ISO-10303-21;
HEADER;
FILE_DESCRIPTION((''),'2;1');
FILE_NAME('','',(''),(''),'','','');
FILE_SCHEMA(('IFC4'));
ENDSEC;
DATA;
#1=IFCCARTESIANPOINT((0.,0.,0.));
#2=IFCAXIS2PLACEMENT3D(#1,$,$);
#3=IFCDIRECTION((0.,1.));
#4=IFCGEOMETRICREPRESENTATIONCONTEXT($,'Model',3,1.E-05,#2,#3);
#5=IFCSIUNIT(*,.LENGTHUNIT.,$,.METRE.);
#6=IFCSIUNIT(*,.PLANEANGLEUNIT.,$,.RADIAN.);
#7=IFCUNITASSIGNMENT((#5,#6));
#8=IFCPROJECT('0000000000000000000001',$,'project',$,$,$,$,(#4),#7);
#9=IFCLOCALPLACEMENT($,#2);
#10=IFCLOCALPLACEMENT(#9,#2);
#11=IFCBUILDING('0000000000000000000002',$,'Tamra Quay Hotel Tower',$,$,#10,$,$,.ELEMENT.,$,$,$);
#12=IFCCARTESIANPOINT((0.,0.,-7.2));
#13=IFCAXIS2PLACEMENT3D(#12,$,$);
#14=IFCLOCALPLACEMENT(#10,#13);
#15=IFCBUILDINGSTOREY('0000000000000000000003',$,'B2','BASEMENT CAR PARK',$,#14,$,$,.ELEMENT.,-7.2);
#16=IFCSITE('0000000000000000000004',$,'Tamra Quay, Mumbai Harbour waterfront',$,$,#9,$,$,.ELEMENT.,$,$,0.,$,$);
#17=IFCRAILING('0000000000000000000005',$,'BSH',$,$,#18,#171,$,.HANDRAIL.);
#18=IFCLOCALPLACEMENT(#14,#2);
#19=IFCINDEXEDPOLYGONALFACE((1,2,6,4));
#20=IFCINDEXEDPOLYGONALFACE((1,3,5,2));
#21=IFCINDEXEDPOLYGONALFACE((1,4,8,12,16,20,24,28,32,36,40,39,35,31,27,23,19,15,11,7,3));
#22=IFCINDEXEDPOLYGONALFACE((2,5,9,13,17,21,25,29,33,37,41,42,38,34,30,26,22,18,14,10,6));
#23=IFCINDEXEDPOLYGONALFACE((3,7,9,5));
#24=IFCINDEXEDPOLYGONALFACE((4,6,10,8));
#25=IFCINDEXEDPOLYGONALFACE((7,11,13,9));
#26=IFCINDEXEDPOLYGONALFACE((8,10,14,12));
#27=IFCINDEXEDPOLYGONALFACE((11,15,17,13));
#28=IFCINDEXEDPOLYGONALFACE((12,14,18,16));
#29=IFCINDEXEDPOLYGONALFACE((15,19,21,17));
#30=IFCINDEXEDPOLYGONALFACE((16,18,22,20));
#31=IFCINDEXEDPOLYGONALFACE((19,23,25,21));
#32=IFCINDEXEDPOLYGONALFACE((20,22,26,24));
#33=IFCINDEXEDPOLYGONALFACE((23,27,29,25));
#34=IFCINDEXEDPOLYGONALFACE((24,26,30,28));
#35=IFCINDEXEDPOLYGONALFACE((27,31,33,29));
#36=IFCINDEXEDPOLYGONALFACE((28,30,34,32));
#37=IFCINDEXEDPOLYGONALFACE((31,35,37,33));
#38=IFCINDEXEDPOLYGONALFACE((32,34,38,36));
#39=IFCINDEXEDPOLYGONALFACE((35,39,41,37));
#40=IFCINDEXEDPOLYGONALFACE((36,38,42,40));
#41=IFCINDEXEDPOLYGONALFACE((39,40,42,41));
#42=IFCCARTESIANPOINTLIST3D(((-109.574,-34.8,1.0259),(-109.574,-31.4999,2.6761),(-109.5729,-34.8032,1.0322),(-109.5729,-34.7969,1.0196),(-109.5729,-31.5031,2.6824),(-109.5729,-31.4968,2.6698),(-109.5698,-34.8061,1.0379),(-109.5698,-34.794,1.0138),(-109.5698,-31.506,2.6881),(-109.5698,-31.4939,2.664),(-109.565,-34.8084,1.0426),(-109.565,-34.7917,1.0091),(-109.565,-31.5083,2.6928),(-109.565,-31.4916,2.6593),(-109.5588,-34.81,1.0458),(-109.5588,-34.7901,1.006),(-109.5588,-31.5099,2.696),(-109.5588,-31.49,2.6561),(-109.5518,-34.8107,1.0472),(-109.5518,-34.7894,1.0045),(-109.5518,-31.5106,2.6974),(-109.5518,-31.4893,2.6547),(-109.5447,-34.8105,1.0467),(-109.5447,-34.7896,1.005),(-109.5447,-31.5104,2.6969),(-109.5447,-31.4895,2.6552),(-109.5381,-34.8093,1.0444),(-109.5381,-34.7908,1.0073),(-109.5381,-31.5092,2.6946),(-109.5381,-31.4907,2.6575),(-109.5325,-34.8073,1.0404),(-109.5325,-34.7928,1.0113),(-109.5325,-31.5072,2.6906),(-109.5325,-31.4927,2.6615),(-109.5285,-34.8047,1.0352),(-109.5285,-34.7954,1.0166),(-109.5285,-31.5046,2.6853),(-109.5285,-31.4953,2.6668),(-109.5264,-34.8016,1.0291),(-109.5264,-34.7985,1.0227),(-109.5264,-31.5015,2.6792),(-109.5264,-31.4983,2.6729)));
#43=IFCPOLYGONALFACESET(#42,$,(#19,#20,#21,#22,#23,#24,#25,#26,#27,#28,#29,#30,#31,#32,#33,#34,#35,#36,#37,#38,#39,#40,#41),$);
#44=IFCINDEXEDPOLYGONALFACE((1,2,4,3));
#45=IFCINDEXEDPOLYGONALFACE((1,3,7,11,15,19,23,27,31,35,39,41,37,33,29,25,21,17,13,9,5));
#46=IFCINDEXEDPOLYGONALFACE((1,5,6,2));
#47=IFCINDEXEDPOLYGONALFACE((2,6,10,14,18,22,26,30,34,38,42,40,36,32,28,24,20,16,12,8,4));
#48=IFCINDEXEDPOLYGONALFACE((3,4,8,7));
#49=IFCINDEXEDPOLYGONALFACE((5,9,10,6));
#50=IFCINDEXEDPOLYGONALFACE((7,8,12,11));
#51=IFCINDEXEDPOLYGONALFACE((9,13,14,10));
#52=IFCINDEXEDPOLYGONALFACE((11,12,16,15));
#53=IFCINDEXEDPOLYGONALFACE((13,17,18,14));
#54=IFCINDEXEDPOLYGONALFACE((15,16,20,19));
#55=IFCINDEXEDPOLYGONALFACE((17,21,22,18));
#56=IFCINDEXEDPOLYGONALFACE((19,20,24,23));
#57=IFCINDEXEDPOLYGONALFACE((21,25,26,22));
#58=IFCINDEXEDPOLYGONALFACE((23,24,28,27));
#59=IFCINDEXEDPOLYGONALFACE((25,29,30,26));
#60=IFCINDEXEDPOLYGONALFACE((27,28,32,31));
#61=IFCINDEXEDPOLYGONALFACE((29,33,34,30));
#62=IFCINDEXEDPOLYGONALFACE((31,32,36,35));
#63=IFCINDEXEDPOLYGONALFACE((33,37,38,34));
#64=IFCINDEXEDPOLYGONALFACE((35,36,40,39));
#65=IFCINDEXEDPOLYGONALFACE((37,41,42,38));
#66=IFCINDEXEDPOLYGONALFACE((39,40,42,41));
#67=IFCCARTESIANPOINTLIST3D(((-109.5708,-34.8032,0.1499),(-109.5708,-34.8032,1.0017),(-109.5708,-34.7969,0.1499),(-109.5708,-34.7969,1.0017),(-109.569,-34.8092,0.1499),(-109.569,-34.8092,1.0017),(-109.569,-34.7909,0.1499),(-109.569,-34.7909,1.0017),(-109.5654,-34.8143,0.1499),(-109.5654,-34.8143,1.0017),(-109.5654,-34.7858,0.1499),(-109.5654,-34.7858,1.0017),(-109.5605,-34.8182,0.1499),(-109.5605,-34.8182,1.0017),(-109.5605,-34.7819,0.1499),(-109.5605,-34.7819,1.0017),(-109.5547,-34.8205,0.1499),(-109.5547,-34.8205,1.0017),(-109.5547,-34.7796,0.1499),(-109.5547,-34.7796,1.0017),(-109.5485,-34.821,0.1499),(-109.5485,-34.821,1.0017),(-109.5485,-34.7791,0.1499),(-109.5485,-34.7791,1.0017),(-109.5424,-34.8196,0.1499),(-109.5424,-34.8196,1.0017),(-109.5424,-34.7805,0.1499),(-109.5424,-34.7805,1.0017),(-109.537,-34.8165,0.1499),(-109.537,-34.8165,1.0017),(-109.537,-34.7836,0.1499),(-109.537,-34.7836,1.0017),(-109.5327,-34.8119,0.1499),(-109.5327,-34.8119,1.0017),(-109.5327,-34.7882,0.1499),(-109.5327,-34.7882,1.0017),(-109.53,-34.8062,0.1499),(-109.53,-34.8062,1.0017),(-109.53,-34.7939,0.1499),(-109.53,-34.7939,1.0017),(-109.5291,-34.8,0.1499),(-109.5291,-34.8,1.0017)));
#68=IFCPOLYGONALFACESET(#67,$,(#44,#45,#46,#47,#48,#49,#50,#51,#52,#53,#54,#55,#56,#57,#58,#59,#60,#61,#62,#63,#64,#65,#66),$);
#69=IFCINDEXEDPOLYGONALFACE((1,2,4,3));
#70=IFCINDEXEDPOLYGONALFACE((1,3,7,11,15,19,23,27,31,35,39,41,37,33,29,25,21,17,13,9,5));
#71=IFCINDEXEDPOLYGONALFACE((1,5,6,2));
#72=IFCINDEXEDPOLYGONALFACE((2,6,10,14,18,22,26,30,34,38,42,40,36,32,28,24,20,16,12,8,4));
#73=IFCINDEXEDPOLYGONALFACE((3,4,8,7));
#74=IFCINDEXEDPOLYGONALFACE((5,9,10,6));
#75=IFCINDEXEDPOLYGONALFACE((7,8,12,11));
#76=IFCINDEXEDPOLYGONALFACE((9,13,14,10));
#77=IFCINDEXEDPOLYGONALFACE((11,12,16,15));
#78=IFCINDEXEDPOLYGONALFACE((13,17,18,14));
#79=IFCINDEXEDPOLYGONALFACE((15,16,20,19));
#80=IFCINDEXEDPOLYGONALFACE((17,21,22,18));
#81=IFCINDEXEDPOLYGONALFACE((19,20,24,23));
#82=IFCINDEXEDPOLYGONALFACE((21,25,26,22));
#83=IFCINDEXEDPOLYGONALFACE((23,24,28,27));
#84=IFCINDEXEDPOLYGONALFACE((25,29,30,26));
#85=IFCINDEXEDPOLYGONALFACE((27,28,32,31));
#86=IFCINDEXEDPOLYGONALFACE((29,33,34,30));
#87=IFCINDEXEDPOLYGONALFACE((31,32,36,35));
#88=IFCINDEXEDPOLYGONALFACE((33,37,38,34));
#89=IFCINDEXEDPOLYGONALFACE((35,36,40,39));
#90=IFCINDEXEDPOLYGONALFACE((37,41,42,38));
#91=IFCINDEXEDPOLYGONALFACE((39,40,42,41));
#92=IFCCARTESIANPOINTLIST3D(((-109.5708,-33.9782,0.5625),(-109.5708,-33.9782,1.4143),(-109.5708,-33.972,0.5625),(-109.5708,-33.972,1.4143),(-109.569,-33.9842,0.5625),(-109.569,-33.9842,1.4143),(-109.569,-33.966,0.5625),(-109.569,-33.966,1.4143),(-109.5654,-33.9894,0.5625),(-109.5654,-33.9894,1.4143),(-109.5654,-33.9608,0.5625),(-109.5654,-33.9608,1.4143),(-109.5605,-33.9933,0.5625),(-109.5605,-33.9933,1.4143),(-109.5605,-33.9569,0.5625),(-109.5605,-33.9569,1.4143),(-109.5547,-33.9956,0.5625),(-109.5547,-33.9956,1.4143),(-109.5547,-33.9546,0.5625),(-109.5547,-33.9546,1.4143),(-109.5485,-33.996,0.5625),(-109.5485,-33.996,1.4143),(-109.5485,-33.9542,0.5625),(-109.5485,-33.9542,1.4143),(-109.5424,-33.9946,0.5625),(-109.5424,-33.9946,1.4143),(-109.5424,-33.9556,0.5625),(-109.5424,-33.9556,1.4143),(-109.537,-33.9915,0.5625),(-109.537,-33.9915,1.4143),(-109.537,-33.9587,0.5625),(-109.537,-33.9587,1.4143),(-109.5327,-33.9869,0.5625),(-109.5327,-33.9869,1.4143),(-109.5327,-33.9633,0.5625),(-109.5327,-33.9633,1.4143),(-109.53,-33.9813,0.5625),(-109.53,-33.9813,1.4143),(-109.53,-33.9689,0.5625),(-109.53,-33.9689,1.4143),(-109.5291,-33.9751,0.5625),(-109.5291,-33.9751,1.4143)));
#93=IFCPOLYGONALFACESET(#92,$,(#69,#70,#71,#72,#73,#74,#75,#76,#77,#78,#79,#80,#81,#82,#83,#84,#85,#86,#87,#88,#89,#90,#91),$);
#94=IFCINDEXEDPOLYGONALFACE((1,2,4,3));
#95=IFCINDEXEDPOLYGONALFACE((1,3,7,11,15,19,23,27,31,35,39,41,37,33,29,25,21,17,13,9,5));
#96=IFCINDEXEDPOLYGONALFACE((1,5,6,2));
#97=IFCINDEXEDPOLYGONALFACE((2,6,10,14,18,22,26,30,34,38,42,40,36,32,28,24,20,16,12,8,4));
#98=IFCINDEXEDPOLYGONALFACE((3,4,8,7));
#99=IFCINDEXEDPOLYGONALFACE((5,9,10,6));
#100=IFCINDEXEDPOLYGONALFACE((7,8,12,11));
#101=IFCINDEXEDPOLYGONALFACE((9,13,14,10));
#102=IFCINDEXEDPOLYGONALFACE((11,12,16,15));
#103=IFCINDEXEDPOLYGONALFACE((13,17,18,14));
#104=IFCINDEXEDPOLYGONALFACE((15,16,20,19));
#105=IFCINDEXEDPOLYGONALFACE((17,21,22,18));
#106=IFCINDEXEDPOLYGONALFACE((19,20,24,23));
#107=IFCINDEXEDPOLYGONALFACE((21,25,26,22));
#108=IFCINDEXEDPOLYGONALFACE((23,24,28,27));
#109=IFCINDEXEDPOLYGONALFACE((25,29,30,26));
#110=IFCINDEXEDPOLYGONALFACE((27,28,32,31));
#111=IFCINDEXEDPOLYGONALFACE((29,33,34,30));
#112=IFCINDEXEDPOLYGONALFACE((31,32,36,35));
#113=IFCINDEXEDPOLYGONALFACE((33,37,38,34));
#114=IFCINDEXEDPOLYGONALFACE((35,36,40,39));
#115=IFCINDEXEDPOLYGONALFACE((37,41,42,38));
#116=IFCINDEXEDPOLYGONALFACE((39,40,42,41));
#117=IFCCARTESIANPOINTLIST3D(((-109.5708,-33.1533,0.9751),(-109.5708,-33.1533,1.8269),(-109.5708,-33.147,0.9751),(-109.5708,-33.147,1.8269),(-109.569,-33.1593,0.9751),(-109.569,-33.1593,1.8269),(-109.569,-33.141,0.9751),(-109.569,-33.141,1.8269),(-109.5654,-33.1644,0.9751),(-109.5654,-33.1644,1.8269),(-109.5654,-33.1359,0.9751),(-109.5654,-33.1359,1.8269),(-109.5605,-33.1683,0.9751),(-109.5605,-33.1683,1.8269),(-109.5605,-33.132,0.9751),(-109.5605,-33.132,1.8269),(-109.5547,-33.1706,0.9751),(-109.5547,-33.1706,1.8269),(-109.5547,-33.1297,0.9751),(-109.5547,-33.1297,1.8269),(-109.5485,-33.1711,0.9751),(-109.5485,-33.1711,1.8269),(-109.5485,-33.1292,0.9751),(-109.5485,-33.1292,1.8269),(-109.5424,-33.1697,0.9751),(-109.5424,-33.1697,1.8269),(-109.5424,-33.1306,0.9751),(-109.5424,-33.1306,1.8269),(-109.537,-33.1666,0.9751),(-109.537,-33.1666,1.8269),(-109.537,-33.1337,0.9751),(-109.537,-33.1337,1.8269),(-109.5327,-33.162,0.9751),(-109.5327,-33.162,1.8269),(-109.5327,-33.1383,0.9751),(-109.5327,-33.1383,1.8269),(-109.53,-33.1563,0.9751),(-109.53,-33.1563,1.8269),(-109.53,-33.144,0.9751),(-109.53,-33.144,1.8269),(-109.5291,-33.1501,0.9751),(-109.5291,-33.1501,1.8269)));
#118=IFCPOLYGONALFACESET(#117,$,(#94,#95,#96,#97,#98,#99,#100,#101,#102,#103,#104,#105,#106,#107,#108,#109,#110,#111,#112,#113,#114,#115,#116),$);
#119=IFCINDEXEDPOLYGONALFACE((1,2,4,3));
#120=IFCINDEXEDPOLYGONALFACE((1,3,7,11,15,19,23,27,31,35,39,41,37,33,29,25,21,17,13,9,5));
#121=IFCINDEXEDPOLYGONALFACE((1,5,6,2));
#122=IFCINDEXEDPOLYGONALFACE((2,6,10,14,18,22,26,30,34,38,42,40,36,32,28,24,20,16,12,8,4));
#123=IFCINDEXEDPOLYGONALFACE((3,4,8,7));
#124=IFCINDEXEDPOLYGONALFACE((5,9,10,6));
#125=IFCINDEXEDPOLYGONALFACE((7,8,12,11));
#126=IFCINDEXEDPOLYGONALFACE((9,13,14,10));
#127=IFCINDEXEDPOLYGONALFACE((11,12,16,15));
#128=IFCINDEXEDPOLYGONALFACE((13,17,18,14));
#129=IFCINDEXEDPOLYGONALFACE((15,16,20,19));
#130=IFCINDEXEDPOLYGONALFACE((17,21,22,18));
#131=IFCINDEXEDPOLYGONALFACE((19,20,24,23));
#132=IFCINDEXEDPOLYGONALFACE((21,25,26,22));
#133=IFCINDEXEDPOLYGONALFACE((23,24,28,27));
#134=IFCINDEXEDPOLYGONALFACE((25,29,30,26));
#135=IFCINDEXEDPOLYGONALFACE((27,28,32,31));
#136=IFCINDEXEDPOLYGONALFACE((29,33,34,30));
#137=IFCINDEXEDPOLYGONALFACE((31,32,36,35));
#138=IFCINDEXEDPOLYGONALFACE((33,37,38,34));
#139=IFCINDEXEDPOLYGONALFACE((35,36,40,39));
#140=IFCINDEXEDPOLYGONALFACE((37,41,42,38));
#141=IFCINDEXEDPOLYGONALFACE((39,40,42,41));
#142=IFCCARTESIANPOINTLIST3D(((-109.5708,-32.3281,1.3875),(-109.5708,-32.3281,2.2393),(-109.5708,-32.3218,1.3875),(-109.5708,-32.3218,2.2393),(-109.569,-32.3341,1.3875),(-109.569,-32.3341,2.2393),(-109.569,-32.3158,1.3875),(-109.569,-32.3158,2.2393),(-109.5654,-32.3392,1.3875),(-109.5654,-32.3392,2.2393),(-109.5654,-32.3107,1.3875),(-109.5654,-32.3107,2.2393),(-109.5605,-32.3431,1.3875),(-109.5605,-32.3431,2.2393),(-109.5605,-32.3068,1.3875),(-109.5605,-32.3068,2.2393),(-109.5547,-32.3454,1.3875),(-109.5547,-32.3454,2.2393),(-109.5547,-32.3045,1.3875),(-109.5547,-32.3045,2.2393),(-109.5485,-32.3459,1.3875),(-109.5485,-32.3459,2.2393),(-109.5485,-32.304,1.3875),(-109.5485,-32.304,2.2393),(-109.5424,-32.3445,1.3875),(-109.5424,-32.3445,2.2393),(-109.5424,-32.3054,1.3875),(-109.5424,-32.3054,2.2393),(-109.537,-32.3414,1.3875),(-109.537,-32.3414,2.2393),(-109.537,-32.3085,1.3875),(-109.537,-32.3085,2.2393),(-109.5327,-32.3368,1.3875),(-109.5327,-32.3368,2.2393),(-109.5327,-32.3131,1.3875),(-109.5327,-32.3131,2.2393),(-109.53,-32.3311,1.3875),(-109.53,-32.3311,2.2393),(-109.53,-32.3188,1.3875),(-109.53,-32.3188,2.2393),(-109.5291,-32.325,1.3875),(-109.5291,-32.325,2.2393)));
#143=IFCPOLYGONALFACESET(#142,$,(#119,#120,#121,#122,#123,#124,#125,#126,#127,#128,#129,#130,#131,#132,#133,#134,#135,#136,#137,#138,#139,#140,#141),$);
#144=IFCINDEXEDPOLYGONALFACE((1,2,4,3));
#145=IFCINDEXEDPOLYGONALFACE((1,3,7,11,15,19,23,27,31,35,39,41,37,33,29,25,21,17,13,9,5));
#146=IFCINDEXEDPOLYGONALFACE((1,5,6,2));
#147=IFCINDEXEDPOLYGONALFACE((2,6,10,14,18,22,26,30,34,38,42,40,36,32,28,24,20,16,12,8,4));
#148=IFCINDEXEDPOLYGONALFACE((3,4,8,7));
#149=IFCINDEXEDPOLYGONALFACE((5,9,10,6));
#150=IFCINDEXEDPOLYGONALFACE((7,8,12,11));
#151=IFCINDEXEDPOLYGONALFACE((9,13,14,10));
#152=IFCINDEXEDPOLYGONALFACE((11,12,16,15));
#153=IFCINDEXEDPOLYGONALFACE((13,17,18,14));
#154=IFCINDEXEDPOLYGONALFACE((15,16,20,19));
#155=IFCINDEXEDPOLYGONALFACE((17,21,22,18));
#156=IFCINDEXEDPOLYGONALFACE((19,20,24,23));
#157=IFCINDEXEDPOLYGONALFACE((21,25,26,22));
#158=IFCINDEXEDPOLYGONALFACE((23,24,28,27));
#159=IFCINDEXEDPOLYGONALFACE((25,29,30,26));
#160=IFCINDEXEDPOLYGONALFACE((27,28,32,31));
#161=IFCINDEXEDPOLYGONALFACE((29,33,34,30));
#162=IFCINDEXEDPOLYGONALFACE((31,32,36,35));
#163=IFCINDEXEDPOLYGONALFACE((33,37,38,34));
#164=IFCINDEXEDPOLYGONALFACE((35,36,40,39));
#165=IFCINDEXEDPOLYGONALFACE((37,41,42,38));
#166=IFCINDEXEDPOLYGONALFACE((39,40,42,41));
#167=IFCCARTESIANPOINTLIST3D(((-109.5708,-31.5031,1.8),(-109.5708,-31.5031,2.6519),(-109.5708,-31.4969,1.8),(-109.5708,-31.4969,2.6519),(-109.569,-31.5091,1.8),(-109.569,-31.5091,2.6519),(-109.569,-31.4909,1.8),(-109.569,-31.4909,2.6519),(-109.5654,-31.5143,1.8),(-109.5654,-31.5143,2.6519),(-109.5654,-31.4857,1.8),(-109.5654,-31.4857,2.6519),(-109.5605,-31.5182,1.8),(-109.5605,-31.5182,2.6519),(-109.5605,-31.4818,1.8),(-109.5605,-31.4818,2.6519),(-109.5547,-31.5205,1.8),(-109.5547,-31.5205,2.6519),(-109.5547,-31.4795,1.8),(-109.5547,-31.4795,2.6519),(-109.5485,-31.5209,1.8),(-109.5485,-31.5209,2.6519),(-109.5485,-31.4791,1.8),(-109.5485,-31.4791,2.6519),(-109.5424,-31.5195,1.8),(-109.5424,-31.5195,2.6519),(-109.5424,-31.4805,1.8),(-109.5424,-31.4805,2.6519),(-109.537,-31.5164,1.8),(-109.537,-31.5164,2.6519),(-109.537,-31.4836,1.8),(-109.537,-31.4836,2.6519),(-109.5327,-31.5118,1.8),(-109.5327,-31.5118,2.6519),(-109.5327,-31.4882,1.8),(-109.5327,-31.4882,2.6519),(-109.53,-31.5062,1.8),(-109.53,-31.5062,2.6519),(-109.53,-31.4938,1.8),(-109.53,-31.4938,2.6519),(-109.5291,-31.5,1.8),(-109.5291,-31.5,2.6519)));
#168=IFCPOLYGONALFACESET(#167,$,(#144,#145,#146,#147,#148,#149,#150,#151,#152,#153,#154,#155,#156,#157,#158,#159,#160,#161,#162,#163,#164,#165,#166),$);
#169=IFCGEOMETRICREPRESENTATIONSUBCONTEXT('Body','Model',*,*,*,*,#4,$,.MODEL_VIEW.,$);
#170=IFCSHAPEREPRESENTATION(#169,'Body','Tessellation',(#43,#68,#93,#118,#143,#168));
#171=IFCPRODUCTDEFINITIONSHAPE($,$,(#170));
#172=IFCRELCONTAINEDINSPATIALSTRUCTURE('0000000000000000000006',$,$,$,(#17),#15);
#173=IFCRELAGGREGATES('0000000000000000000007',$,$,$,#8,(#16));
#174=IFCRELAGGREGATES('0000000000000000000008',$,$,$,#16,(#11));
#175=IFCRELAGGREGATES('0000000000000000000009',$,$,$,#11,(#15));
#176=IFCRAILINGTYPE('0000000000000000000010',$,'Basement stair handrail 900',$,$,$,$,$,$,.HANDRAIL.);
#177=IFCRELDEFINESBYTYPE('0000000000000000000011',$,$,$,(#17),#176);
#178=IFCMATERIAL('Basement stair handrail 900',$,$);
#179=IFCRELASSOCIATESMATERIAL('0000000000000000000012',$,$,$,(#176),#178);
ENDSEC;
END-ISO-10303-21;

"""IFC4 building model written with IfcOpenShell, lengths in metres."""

from ifc_helpers import new_model, si_unit, direction, frame, origin, origin_2d, place, context, subcontext, project, spatial, circle, extrude, material, type_object, element, save


model = new_model("IFC4")

# Units and contexts
model_context = context("Model", 3, precision=1e-05, world=origin(), true_north=direction((0.0, 1.0)))
body_context = subcontext(model_context, "Body", "Model", "MODEL_VIEW")
ifc_project = project(units=[si_unit("LENGTHUNIT", "METRE"), si_unit("PLANEANGLEUNIT", "RADIAN")], contexts=[model_context])

# Site, building, storey
site_placement = place(None, origin())
site = spatial("IfcSite", under=ifc_project, at=site_placement, Name="Tamra Quay, Mumbai Harbour waterfront", CompositionType="ELEMENT", RefElevation=0.0)
building_placement = place(site_placement, origin())
building = spatial("IfcBuilding", under=site, at=building_placement, Name="Tamra Quay Hotel Tower", CompositionType="ELEMENT")
storey_placement = place(building_placement, frame((0.0, 0.0, -7.2)))
storey = spatial("IfcBuildingStorey", under=building, at=storey_placement, Name="B2", Description="BASEMENT CAR PARK", CompositionType="ELEMENT", Elevation=-7.2)

# Railing
ifc_material_1 = material(Name="Basement stair handrail 900")
railing_type_1 = type_object("IfcRailingType", Name="Basement stair handrail 900", PredefinedType="HANDRAIL", material=ifc_material_1)
railing_1_placement = place(storey_placement, frame((-109.55, -34.8, 0.1499)))
element("IfcRailing", 1, at=railing_1_placement, inside=storey, type_object=railing_type_1, Name="BSH", PredefinedType="HANDRAIL", context=body_context, shape_type="SweptSolid", body=[
    extrude(circle(Radius=0.0239, at=origin_2d()), frame((0.0, 0.0, 0.876), z_axis=(0.0, 0.894414, 0.44724), x_axis=(-1.0, 0.0, 0.0)), (0.0, 0.0, 1.0), 3.6897),
    extrude(circle(Radius=0.021, at=origin_2d()), origin(), (0.0, 0.0, 1.0), 0.8518),
    extrude(circle(Radius=0.021, at=origin_2d()), frame((0.0, 0.825, 0.4126)), (0.0, 0.0, 1.0), 0.8518),
    extrude(circle(Radius=0.021, at=origin_2d()), frame((0.0, 1.6499, 0.8252)), (0.0, 0.0, 1.0), 0.8518),
    extrude(circle(Radius=0.021, at=origin_2d()), frame((0.0, 2.4751, 1.2375)), (0.0, 0.0, 1.0), 0.8518),
    extrude(circle(Radius=0.021, at=origin_2d()), frame((0.0, 3.3, 1.6501)), (0.0, 0.0, 1.0), 0.8518),
])

save(model, "model.ifc")
